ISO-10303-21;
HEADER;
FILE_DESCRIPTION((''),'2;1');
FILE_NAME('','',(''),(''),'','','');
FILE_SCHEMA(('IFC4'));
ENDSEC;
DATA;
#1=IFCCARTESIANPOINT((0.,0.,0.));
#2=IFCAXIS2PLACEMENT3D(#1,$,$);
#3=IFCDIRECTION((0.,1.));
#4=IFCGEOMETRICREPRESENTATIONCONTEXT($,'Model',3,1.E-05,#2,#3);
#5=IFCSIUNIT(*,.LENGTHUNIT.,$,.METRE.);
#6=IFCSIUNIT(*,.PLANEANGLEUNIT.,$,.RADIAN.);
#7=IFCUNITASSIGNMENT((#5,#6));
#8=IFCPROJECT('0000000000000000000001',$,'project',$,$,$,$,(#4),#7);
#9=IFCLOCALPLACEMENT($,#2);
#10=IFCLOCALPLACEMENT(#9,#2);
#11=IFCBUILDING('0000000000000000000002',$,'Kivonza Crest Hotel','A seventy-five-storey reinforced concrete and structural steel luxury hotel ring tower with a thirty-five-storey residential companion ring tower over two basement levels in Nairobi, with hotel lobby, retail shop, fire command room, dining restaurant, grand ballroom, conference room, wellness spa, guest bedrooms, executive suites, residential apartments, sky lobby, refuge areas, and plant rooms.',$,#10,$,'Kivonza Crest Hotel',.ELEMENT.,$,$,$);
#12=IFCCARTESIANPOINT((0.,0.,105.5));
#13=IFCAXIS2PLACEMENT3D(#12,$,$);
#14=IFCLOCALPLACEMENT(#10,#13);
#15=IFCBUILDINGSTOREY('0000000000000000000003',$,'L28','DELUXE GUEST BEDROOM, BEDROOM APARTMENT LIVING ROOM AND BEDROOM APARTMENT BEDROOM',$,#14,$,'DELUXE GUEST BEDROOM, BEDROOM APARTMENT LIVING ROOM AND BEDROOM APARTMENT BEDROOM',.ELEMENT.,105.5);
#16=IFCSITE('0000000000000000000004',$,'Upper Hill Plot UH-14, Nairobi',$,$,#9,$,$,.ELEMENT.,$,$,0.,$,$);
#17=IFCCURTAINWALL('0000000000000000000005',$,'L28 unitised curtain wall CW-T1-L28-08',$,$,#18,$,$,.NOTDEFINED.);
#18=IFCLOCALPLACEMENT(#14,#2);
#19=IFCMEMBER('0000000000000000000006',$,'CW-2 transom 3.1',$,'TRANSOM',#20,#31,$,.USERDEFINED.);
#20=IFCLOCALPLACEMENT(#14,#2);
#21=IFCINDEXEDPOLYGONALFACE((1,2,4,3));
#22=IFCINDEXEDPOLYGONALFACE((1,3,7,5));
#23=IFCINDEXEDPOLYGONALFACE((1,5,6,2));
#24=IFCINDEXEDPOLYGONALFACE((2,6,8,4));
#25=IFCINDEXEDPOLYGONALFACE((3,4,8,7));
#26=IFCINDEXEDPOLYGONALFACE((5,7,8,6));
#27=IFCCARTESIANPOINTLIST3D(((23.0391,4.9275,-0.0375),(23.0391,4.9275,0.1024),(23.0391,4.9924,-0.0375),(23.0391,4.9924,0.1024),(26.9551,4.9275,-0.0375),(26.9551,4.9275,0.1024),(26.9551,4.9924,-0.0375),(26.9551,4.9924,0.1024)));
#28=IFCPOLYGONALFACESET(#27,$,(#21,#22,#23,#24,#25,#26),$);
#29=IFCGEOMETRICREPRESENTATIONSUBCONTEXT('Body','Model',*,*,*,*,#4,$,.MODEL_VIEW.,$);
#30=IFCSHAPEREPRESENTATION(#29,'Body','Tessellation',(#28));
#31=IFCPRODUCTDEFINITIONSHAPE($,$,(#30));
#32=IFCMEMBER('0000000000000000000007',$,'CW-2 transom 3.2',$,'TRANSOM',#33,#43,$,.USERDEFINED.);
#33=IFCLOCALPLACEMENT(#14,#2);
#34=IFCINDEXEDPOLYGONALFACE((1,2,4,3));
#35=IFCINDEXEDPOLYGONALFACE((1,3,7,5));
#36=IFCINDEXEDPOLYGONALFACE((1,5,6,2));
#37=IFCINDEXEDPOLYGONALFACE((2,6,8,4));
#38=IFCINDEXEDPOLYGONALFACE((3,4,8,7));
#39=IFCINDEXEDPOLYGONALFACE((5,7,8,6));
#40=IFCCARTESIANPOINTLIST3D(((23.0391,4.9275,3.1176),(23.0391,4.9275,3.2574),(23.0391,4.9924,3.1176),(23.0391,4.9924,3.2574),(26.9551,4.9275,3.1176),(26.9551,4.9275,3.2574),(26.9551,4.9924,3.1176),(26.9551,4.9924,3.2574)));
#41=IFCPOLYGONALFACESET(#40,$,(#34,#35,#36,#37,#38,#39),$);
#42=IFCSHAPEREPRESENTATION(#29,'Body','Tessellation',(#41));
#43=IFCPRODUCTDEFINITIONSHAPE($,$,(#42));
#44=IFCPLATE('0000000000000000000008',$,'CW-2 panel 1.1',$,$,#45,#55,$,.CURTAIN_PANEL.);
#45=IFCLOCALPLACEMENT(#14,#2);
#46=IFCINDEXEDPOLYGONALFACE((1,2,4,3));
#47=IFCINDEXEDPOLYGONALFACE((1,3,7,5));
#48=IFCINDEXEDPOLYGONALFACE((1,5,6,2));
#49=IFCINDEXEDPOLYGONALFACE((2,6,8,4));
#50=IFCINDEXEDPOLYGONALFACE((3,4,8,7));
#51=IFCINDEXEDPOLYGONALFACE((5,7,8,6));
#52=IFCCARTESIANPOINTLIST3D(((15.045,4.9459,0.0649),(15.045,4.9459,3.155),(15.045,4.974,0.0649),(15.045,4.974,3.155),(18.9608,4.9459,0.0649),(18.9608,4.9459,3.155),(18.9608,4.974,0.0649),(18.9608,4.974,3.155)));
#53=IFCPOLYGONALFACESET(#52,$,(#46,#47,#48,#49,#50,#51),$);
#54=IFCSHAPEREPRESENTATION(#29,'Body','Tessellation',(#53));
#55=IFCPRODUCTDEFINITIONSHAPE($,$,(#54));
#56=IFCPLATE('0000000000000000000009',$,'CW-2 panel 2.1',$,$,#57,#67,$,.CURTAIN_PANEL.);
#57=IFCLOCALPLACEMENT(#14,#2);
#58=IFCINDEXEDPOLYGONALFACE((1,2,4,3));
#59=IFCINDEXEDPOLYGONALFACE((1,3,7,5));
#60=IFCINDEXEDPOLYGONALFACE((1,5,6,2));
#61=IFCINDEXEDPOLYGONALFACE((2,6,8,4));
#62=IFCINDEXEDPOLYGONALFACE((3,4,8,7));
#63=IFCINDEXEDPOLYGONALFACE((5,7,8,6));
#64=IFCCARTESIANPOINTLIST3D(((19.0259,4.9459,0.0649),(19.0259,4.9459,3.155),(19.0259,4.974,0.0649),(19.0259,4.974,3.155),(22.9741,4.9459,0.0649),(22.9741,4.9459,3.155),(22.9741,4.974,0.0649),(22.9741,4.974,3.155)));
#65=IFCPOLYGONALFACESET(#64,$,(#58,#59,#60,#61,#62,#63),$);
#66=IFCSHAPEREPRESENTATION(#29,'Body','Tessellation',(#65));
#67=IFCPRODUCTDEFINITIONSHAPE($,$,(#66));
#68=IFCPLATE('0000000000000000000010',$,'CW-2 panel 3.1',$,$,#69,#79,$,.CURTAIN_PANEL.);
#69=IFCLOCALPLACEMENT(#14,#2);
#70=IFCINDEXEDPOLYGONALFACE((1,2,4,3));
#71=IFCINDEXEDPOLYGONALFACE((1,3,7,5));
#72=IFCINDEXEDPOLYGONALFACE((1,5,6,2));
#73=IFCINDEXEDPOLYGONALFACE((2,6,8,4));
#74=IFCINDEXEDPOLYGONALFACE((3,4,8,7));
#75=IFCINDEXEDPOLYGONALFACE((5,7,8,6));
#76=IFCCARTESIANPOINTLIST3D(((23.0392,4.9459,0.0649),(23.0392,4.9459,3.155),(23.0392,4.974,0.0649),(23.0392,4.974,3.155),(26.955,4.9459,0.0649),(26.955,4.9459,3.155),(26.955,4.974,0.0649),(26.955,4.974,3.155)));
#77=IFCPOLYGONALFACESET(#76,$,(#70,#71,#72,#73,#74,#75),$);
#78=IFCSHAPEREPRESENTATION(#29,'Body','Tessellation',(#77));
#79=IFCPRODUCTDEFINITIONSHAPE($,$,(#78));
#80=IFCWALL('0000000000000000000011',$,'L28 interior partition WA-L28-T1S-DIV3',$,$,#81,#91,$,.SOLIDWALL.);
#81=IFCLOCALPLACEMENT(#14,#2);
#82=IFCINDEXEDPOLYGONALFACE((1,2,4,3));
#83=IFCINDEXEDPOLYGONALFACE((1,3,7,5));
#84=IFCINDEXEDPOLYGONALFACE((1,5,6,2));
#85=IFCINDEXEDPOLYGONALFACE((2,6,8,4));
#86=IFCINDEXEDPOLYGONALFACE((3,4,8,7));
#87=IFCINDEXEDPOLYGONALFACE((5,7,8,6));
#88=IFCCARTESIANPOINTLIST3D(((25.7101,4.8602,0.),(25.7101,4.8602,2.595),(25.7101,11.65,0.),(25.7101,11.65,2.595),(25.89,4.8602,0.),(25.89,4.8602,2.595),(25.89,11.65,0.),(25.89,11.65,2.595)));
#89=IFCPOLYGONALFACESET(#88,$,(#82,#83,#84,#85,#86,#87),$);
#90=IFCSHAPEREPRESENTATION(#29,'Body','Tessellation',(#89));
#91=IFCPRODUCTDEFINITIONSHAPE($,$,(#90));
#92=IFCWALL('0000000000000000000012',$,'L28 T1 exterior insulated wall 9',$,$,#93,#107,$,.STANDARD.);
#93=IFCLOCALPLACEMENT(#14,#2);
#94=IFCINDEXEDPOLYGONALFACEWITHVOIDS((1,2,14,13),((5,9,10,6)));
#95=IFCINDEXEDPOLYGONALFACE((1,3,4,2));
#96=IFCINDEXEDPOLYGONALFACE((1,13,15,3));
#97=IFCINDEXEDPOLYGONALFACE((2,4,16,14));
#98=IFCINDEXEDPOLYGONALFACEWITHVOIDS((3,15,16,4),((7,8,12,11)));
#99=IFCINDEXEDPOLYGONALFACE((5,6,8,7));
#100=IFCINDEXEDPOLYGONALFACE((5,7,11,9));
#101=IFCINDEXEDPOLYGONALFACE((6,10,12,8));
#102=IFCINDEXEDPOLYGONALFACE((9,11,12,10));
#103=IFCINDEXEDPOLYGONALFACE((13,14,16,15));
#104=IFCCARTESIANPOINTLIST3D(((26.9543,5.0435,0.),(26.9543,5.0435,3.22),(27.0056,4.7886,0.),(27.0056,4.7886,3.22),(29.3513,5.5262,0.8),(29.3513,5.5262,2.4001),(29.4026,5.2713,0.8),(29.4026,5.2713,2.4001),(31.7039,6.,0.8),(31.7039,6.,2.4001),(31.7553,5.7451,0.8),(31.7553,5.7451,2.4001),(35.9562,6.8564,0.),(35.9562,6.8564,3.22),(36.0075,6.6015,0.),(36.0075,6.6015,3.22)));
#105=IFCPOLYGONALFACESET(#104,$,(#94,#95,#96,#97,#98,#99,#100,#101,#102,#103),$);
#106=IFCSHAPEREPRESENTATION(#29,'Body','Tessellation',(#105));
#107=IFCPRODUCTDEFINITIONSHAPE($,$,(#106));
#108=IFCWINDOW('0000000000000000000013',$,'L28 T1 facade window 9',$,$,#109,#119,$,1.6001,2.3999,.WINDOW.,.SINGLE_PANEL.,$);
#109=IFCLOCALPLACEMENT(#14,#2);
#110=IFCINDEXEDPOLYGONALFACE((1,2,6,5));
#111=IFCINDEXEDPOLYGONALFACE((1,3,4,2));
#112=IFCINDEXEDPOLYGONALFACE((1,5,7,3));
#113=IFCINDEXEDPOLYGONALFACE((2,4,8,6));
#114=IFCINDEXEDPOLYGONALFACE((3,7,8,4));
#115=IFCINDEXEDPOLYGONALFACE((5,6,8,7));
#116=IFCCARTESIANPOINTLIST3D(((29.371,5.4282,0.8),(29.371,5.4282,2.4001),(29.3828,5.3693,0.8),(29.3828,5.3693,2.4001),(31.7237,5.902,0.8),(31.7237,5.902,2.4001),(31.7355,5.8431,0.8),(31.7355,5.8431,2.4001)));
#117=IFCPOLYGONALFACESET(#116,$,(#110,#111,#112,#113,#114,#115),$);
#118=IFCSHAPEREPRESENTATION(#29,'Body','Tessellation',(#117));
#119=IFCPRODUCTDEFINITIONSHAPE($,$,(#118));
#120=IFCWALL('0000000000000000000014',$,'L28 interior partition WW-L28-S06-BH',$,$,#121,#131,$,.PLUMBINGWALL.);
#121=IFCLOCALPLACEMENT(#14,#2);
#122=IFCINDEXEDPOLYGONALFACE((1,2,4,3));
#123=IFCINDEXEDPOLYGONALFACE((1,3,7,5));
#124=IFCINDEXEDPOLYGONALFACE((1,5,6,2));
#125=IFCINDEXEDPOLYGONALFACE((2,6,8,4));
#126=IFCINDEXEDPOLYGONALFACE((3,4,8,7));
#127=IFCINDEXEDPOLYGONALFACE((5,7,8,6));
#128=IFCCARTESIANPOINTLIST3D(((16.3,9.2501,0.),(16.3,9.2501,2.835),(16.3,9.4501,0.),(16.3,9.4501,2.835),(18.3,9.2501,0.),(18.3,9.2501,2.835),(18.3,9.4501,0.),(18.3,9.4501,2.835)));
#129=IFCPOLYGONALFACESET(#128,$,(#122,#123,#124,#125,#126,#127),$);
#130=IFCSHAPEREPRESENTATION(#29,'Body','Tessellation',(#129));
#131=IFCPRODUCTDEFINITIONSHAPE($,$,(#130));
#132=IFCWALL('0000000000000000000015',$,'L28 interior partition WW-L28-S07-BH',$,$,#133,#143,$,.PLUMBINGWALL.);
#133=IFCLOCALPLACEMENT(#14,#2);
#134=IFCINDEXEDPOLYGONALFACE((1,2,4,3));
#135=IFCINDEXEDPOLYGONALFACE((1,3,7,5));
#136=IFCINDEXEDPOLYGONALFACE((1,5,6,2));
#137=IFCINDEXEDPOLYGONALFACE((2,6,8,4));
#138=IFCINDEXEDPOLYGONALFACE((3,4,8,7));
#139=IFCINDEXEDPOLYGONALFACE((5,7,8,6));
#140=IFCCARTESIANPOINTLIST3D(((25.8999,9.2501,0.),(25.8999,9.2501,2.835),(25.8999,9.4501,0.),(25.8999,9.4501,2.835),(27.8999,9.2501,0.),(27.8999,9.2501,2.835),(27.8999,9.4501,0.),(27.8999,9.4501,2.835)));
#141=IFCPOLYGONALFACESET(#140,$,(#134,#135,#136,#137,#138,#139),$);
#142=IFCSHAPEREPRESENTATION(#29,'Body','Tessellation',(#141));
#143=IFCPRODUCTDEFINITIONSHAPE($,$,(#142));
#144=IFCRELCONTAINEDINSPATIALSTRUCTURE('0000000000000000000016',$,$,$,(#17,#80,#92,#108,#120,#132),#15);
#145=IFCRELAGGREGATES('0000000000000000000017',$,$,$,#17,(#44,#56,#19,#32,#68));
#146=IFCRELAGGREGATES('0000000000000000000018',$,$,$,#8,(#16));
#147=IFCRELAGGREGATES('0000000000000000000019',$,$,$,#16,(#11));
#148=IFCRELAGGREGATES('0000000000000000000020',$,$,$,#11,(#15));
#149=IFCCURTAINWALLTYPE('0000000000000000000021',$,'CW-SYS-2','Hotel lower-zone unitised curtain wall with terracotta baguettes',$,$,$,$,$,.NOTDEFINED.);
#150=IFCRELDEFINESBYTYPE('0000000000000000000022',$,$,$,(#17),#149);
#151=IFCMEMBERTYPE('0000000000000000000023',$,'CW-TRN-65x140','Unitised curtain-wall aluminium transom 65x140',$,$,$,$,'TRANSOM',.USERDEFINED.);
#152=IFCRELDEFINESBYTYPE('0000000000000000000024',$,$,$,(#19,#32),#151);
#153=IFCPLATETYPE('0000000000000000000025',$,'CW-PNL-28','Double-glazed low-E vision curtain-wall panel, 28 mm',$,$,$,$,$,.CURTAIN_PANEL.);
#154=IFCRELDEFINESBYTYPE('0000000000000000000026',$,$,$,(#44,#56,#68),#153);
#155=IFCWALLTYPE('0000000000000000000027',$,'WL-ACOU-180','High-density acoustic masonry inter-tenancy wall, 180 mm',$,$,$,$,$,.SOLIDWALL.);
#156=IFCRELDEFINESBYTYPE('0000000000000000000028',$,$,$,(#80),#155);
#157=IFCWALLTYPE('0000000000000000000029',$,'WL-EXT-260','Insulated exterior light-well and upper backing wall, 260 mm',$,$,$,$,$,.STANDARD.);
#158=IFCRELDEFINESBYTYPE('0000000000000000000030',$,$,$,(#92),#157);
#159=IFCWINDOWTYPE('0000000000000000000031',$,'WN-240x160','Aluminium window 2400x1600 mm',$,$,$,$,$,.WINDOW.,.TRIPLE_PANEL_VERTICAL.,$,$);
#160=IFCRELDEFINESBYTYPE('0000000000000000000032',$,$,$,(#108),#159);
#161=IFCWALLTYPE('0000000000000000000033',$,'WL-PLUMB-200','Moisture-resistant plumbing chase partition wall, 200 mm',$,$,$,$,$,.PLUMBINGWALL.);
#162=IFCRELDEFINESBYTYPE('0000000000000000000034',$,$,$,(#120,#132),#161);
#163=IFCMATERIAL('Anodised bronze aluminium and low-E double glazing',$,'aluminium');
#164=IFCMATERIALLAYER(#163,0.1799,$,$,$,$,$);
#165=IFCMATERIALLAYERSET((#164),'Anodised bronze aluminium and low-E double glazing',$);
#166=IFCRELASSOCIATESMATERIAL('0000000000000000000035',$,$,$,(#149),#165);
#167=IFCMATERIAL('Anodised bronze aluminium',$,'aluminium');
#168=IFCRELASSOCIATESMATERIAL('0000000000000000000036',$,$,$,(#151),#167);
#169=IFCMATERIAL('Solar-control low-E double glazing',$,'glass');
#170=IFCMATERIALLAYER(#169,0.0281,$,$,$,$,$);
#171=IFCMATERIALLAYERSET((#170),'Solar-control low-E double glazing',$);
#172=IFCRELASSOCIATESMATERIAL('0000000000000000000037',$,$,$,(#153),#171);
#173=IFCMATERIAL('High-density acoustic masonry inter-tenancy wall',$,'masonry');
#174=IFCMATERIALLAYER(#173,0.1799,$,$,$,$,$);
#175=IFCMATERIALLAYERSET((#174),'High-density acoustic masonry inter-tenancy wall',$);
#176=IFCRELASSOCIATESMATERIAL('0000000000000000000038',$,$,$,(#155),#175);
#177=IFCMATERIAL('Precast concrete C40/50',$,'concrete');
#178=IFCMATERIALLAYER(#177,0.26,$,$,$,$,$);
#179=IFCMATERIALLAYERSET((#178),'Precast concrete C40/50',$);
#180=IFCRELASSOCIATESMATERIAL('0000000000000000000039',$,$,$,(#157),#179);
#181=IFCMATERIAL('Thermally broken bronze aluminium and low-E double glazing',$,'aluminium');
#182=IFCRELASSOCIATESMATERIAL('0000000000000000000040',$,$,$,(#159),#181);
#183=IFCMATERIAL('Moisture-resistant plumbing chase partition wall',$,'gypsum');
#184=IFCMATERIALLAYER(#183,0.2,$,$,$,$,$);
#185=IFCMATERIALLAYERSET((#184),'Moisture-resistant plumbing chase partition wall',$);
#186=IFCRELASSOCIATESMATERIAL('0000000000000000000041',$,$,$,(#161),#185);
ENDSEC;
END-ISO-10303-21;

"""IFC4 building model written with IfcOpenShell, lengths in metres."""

from ifc_helpers import new_model, si_unit, direction, frame, frame_2d, origin, origin_2d, place, context, subcontext, project, spatial, rectangle, extrude, material, layer, layer_set, material_profile, profile_set, type_object, element, fill, aggregate, save


model = new_model("IFC4")

# Units and contexts
model_context = context("Model", 3, precision=1e-05, world=origin(), true_north=direction((0.0, 1.0)))
body_context = subcontext(model_context, "Body", "Model", "MODEL_VIEW")
ifc_project = project(units=[si_unit("LENGTHUNIT", "METRE"), si_unit("PLANEANGLEUNIT", "RADIAN")], contexts=[model_context])

# Site, building, storey
site_placement = place(None, origin())
site = spatial("IfcSite", under=ifc_project, at=site_placement, Name="Upper Hill Plot UH-14, Nairobi", CompositionType="ELEMENT", RefElevation=0.0)
building_placement = place(site_placement, origin())
building = spatial("IfcBuilding", under=site, at=building_placement, Name="Kivonza Crest Hotel", Description="A seventy-five-storey reinforced concrete and structural steel luxury hotel ring tower with a thirty-five-storey residential companion ring tower over two basement levels in Nairobi, with hotel lobby, retail shop, fire command room, dining restaurant, grand ballroom, conference room, wellness spa, guest bedrooms, executive suites, residential apartments, sky lobby, refuge areas, and plant rooms.", LongName="Kivonza Crest Hotel", CompositionType="ELEMENT")
storey_placement = place(building_placement, frame((0.0, 0.0, 105.5)))
storey = spatial("IfcBuildingStorey", under=building, at=storey_placement, Name="L28", Description="DELUXE GUEST BEDROOM, BEDROOM APARTMENT LIVING ROOM AND BEDROOM APARTMENT BEDROOM", LongName="DELUXE GUEST BEDROOM, BEDROOM APARTMENT LIVING ROOM AND BEDROOM APARTMENT BEDROOM", CompositionType="ELEMENT", Elevation=105.5)

# Curtain wall, members, plates
ifc_material_1 = material(Name="Anodised bronze aluminium and low-E double glazing", Category="aluminium")
ifc_layer_1 = layer(ifc_material_1, 0.1799)
ifc_layer_set_1 = layer_set([ifc_layer_1], Name="Anodised bronze aluminium and low-E double glazing")
curtain_wall_type = type_object("IfcCurtainWallType", Name="CW-SYS-2", Description="Hotel lower-zone unitised curtain wall with terracotta baguettes", PredefinedType="NOTDEFINED", material=ifc_layer_set_1)
curtain_wall_placement = place(storey_placement, origin())
curtain_wall = element("IfcCurtainWall", 1, at=curtain_wall_placement, inside=storey, type_object=curtain_wall_type, Name="L28 unitised curtain wall CW-T1-L28-08", PredefinedType="NOTDEFINED")
ifc_material_2 = material(Name="Anodised bronze aluminium", Category="aluminium")
ifc_material_profile_1 = material_profile(ifc_material_2, rectangle(XDim=0.0649, YDim=0.1399, at=origin_2d()), Name="CW-T 65x140")
ifc_profile_set_1 = profile_set([ifc_material_profile_1], Name="Anodised bronze aluminium")
member_type_1 = type_object("IfcMemberType", Name="CW-TRN-65x140", Description="Unitised curtain-wall aluminium transom 65x140", ElementType="TRANSOM", PredefinedType="USERDEFINED", material=ifc_profile_set_1)
member_1_placement = place(storey_placement, frame((23.0391, 4.96, 0.0325), z_axis=(1.0, 0.0, 0.0), x_axis=(0.0, 1.0, 0.0)))
member_1 = element("IfcMember", 2, at=member_1_placement, type_object=member_type_1, Name="CW-2 transom 3.1", ObjectType="TRANSOM", PredefinedType="USERDEFINED", context=body_context, shape_type="SweptSolid", body=[
    extrude(rectangle(XDim=0.0649, YDim=0.1399, at=origin_2d()), origin(), (0.0, 0.0, 1.0), 3.916),
])
member_2_placement = place(storey_placement, frame((23.0391, 4.96, 3.1875), z_axis=(1.0, 0.0, 0.0), x_axis=(0.0, 1.0, 0.0)))
member_2 = element("IfcMember", 3, at=member_2_placement, type_object=member_type_1, Name="CW-2 transom 3.2", ObjectType="TRANSOM", PredefinedType="USERDEFINED", context=body_context, shape_type="SweptSolid", body=[
    extrude(rectangle(XDim=0.0649, YDim=0.1399, at=origin_2d()), origin(), (0.0, 0.0, 1.0), 3.916),
])
ifc_material_3 = material(Name="Solar-control low-E double glazing", Category="glass")
ifc_layer_2 = layer(ifc_material_3, 0.0281)
ifc_layer_set_2 = layer_set([ifc_layer_2], Name="Solar-control low-E double glazing")
plate_type = type_object("IfcPlateType", Name="CW-PNL-28", Description="Double-glazed low-E vision curtain-wall panel, 28 mm", PredefinedType="CURTAIN_PANEL", material=ifc_layer_set_2)
plate_1_placement = place(storey_placement, frame((17.0029, 4.96, 0.0649), z_axis=(0.0, 0.0, 1.0), x_axis=(1.0, 0.0, 0.0)))
plate_1 = element("IfcPlate", 4, at=plate_1_placement, type_object=plate_type, Name="CW-2 panel 1.1", PredefinedType="CURTAIN_PANEL", context=body_context, shape_type="SweptSolid", body=[
    extrude(rectangle(XDim=3.9158, YDim=0.0281, at=origin_2d()), origin(), (0.0, 0.0, 1.0), 3.0901),
])
plate_2_placement = place(storey_placement, frame((21.0, 4.96, 0.0649), z_axis=(0.0, 0.0, 1.0), x_axis=(1.0, 0.0, 0.0)))
plate_2 = element("IfcPlate", 5, at=plate_2_placement, type_object=plate_type, Name="CW-2 panel 2.1", PredefinedType="CURTAIN_PANEL", context=body_context, shape_type="SweptSolid", body=[
    extrude(rectangle(XDim=3.9482, YDim=0.0281, at=origin_2d()), origin(), (0.0, 0.0, 1.0), 3.0901),
])
plate_3_placement = place(storey_placement, frame((24.9971, 4.96, 0.0649), z_axis=(0.0, 0.0, 1.0), x_axis=(1.0, 0.0, 0.0)))
plate_3 = element("IfcPlate", 6, at=plate_3_placement, type_object=plate_type, Name="CW-2 panel 3.1", PredefinedType="CURTAIN_PANEL", context=body_context, shape_type="SweptSolid", body=[
    extrude(rectangle(XDim=3.9158, YDim=0.0281, at=origin_2d()), origin(), (0.0, 0.0, 1.0), 3.0901),
])
aggregate(curtain_wall, [plate_1, plate_2, member_1, member_2, plate_3])

# Wall
ifc_material_4 = material(Name="High-density acoustic masonry inter-tenancy wall", Category="masonry")
ifc_layer_3 = layer(ifc_material_4, 0.1799)
ifc_layer_set_3 = layer_set([ifc_layer_3], Name="High-density acoustic masonry inter-tenancy wall")
wall_type_1 = type_object("IfcWallType", Name="WL-ACOU-180", Description="High-density acoustic masonry inter-tenancy wall, 180 mm", PredefinedType="SOLIDWALL", material=ifc_layer_set_3)
wall_1_placement = place(storey_placement, frame((25.8, 4.8601, 0.0), z_axis=(0.0, 0.0, 1.0), x_axis=(0.0, 1.0, 0.0)))
element("IfcWall", 7, at=wall_1_placement, inside=storey, type_object=wall_type_1, Name="L28 interior partition WA-L28-T1S-DIV3", PredefinedType="SOLIDWALL", context=body_context, shape_type="SweptSolid", body=[
    extrude(rectangle(XDim=6.7898, YDim=0.1799, at=frame_2d((3.395, 0.0))), origin(), (0.0, 0.0, 1.0), 2.595),
])

# Wall, opening, window
ifc_material_5 = material(Name="Precast concrete C40/50", Category="concrete")
ifc_layer_4 = layer(ifc_material_5, 0.26)
ifc_layer_set_4 = layer_set([ifc_layer_4], Name="Precast concrete C40/50")
wall_type_2 = type_object("IfcWallType", Name="WL-EXT-260", Description="Insulated exterior light-well and upper backing wall, 260 mm", PredefinedType="STANDARD", material=ifc_layer_set_4)
wall_2_placement = place(storey_placement, frame((26.98, 4.916, 0.0), z_axis=(0.0, 0.0, 1.0), x_axis=(0.980316, 0.197435, 0.0)))
wall_2 = element("IfcWall", 8, at=wall_2_placement, inside=storey, type_object=wall_type_2, Name="L28 T1 exterior insulated wall 9", PredefinedType="STANDARD", context=body_context, shape_type="SweptSolid", body=[
    extrude(rectangle(XDim=9.1826, YDim=0.26, at=frame_2d((4.5913, 0.0))), origin(), (0.0, 0.0, 1.0), 3.22),
])
opening_placement = place(wall_2_placement, frame((2.4451, 0.0, 0.8)))
opening = element("IfcOpeningElement", 9, at=opening_placement, cuts=wall_2, PredefinedType="OPENING", context=body_context, shape_type="SweptSolid", body=[
    extrude(rectangle(XDim=2.3999, YDim=1.6001, at=frame_2d((1.2, 0.8))), frame((0.0, 0.1401, 0.0), z_axis=(0.0, -1.0, 0.0), x_axis=(1.0, 0.0, 0.0)), (0.0, 0.0, 1.0), 0.28),
])
ifc_material_6 = material(Name="Thermally broken bronze aluminium and low-E double glazing", Category="aluminium")
window_type = type_object("IfcWindowType", Name="WN-240x160", Description="Aluminium window 2400x1600 mm", PartitioningType="TRIPLE_PANEL_VERTICAL", PredefinedType="WINDOW", material=ifc_material_6)
window_placement = place(opening_placement, origin())
window = element("IfcWindow", 10, at=window_placement, inside=storey, type_object=window_type, Name="L28 T1 facade window 9", OverallHeight=1.6001, OverallWidth=2.3999, PartitioningType="SINGLE_PANEL", PredefinedType="WINDOW", context=body_context, shape_type="SweptSolid", body=[
    extrude(rectangle(XDim=2.3999, YDim=1.6001, at=frame_2d((1.2, 0.8))), frame((0.0, 0.03, 0.0), z_axis=(0.0, -1.0, 0.0), x_axis=(1.0, 0.0, 0.0)), (0.0, 0.0, 1.0), 0.0601),
])
fill(opening, window)

# Walls
ifc_material_7 = material(Name="Moisture-resistant plumbing chase partition wall", Category="gypsum")
ifc_layer_5 = layer(ifc_material_7, 0.2)
ifc_layer_set_5 = layer_set([ifc_layer_5], Name="Moisture-resistant plumbing chase partition wall")
wall_type_3 = type_object("IfcWallType", Name="WL-PLUMB-200", Description="Moisture-resistant plumbing chase partition wall, 200 mm", PredefinedType="PLUMBINGWALL", material=ifc_layer_set_5)
for number, where, z_axis, x_axis, name in (
    (11, (16.3, 9.3501, 0.0), (0.0, 0.0, 1.0), (1.0, 0.0, 0.0), "L28 interior partition WW-L28-S06-BH"),
    (12, (25.8999, 9.3501, 0.0), (0.0, 0.0, 1.0), (1.0, 0.0, 0.0), "L28 interior partition WW-L28-S07-BH"),
):
    element("IfcWall", number, at=place(storey_placement, frame(where, z_axis=z_axis, x_axis=x_axis)), inside=storey, type_object=wall_type_3, Name=name, PredefinedType="PLUMBINGWALL", context=body_context, shape_type="SweptSolid", body=[
        extrude(rectangle(XDim=2.0, YDim=0.2, at=frame_2d((1.0, 0.0))), origin(), (0.0, 0.0, 1.0), 2.835),
    ])

save(model, "model.ifc")
